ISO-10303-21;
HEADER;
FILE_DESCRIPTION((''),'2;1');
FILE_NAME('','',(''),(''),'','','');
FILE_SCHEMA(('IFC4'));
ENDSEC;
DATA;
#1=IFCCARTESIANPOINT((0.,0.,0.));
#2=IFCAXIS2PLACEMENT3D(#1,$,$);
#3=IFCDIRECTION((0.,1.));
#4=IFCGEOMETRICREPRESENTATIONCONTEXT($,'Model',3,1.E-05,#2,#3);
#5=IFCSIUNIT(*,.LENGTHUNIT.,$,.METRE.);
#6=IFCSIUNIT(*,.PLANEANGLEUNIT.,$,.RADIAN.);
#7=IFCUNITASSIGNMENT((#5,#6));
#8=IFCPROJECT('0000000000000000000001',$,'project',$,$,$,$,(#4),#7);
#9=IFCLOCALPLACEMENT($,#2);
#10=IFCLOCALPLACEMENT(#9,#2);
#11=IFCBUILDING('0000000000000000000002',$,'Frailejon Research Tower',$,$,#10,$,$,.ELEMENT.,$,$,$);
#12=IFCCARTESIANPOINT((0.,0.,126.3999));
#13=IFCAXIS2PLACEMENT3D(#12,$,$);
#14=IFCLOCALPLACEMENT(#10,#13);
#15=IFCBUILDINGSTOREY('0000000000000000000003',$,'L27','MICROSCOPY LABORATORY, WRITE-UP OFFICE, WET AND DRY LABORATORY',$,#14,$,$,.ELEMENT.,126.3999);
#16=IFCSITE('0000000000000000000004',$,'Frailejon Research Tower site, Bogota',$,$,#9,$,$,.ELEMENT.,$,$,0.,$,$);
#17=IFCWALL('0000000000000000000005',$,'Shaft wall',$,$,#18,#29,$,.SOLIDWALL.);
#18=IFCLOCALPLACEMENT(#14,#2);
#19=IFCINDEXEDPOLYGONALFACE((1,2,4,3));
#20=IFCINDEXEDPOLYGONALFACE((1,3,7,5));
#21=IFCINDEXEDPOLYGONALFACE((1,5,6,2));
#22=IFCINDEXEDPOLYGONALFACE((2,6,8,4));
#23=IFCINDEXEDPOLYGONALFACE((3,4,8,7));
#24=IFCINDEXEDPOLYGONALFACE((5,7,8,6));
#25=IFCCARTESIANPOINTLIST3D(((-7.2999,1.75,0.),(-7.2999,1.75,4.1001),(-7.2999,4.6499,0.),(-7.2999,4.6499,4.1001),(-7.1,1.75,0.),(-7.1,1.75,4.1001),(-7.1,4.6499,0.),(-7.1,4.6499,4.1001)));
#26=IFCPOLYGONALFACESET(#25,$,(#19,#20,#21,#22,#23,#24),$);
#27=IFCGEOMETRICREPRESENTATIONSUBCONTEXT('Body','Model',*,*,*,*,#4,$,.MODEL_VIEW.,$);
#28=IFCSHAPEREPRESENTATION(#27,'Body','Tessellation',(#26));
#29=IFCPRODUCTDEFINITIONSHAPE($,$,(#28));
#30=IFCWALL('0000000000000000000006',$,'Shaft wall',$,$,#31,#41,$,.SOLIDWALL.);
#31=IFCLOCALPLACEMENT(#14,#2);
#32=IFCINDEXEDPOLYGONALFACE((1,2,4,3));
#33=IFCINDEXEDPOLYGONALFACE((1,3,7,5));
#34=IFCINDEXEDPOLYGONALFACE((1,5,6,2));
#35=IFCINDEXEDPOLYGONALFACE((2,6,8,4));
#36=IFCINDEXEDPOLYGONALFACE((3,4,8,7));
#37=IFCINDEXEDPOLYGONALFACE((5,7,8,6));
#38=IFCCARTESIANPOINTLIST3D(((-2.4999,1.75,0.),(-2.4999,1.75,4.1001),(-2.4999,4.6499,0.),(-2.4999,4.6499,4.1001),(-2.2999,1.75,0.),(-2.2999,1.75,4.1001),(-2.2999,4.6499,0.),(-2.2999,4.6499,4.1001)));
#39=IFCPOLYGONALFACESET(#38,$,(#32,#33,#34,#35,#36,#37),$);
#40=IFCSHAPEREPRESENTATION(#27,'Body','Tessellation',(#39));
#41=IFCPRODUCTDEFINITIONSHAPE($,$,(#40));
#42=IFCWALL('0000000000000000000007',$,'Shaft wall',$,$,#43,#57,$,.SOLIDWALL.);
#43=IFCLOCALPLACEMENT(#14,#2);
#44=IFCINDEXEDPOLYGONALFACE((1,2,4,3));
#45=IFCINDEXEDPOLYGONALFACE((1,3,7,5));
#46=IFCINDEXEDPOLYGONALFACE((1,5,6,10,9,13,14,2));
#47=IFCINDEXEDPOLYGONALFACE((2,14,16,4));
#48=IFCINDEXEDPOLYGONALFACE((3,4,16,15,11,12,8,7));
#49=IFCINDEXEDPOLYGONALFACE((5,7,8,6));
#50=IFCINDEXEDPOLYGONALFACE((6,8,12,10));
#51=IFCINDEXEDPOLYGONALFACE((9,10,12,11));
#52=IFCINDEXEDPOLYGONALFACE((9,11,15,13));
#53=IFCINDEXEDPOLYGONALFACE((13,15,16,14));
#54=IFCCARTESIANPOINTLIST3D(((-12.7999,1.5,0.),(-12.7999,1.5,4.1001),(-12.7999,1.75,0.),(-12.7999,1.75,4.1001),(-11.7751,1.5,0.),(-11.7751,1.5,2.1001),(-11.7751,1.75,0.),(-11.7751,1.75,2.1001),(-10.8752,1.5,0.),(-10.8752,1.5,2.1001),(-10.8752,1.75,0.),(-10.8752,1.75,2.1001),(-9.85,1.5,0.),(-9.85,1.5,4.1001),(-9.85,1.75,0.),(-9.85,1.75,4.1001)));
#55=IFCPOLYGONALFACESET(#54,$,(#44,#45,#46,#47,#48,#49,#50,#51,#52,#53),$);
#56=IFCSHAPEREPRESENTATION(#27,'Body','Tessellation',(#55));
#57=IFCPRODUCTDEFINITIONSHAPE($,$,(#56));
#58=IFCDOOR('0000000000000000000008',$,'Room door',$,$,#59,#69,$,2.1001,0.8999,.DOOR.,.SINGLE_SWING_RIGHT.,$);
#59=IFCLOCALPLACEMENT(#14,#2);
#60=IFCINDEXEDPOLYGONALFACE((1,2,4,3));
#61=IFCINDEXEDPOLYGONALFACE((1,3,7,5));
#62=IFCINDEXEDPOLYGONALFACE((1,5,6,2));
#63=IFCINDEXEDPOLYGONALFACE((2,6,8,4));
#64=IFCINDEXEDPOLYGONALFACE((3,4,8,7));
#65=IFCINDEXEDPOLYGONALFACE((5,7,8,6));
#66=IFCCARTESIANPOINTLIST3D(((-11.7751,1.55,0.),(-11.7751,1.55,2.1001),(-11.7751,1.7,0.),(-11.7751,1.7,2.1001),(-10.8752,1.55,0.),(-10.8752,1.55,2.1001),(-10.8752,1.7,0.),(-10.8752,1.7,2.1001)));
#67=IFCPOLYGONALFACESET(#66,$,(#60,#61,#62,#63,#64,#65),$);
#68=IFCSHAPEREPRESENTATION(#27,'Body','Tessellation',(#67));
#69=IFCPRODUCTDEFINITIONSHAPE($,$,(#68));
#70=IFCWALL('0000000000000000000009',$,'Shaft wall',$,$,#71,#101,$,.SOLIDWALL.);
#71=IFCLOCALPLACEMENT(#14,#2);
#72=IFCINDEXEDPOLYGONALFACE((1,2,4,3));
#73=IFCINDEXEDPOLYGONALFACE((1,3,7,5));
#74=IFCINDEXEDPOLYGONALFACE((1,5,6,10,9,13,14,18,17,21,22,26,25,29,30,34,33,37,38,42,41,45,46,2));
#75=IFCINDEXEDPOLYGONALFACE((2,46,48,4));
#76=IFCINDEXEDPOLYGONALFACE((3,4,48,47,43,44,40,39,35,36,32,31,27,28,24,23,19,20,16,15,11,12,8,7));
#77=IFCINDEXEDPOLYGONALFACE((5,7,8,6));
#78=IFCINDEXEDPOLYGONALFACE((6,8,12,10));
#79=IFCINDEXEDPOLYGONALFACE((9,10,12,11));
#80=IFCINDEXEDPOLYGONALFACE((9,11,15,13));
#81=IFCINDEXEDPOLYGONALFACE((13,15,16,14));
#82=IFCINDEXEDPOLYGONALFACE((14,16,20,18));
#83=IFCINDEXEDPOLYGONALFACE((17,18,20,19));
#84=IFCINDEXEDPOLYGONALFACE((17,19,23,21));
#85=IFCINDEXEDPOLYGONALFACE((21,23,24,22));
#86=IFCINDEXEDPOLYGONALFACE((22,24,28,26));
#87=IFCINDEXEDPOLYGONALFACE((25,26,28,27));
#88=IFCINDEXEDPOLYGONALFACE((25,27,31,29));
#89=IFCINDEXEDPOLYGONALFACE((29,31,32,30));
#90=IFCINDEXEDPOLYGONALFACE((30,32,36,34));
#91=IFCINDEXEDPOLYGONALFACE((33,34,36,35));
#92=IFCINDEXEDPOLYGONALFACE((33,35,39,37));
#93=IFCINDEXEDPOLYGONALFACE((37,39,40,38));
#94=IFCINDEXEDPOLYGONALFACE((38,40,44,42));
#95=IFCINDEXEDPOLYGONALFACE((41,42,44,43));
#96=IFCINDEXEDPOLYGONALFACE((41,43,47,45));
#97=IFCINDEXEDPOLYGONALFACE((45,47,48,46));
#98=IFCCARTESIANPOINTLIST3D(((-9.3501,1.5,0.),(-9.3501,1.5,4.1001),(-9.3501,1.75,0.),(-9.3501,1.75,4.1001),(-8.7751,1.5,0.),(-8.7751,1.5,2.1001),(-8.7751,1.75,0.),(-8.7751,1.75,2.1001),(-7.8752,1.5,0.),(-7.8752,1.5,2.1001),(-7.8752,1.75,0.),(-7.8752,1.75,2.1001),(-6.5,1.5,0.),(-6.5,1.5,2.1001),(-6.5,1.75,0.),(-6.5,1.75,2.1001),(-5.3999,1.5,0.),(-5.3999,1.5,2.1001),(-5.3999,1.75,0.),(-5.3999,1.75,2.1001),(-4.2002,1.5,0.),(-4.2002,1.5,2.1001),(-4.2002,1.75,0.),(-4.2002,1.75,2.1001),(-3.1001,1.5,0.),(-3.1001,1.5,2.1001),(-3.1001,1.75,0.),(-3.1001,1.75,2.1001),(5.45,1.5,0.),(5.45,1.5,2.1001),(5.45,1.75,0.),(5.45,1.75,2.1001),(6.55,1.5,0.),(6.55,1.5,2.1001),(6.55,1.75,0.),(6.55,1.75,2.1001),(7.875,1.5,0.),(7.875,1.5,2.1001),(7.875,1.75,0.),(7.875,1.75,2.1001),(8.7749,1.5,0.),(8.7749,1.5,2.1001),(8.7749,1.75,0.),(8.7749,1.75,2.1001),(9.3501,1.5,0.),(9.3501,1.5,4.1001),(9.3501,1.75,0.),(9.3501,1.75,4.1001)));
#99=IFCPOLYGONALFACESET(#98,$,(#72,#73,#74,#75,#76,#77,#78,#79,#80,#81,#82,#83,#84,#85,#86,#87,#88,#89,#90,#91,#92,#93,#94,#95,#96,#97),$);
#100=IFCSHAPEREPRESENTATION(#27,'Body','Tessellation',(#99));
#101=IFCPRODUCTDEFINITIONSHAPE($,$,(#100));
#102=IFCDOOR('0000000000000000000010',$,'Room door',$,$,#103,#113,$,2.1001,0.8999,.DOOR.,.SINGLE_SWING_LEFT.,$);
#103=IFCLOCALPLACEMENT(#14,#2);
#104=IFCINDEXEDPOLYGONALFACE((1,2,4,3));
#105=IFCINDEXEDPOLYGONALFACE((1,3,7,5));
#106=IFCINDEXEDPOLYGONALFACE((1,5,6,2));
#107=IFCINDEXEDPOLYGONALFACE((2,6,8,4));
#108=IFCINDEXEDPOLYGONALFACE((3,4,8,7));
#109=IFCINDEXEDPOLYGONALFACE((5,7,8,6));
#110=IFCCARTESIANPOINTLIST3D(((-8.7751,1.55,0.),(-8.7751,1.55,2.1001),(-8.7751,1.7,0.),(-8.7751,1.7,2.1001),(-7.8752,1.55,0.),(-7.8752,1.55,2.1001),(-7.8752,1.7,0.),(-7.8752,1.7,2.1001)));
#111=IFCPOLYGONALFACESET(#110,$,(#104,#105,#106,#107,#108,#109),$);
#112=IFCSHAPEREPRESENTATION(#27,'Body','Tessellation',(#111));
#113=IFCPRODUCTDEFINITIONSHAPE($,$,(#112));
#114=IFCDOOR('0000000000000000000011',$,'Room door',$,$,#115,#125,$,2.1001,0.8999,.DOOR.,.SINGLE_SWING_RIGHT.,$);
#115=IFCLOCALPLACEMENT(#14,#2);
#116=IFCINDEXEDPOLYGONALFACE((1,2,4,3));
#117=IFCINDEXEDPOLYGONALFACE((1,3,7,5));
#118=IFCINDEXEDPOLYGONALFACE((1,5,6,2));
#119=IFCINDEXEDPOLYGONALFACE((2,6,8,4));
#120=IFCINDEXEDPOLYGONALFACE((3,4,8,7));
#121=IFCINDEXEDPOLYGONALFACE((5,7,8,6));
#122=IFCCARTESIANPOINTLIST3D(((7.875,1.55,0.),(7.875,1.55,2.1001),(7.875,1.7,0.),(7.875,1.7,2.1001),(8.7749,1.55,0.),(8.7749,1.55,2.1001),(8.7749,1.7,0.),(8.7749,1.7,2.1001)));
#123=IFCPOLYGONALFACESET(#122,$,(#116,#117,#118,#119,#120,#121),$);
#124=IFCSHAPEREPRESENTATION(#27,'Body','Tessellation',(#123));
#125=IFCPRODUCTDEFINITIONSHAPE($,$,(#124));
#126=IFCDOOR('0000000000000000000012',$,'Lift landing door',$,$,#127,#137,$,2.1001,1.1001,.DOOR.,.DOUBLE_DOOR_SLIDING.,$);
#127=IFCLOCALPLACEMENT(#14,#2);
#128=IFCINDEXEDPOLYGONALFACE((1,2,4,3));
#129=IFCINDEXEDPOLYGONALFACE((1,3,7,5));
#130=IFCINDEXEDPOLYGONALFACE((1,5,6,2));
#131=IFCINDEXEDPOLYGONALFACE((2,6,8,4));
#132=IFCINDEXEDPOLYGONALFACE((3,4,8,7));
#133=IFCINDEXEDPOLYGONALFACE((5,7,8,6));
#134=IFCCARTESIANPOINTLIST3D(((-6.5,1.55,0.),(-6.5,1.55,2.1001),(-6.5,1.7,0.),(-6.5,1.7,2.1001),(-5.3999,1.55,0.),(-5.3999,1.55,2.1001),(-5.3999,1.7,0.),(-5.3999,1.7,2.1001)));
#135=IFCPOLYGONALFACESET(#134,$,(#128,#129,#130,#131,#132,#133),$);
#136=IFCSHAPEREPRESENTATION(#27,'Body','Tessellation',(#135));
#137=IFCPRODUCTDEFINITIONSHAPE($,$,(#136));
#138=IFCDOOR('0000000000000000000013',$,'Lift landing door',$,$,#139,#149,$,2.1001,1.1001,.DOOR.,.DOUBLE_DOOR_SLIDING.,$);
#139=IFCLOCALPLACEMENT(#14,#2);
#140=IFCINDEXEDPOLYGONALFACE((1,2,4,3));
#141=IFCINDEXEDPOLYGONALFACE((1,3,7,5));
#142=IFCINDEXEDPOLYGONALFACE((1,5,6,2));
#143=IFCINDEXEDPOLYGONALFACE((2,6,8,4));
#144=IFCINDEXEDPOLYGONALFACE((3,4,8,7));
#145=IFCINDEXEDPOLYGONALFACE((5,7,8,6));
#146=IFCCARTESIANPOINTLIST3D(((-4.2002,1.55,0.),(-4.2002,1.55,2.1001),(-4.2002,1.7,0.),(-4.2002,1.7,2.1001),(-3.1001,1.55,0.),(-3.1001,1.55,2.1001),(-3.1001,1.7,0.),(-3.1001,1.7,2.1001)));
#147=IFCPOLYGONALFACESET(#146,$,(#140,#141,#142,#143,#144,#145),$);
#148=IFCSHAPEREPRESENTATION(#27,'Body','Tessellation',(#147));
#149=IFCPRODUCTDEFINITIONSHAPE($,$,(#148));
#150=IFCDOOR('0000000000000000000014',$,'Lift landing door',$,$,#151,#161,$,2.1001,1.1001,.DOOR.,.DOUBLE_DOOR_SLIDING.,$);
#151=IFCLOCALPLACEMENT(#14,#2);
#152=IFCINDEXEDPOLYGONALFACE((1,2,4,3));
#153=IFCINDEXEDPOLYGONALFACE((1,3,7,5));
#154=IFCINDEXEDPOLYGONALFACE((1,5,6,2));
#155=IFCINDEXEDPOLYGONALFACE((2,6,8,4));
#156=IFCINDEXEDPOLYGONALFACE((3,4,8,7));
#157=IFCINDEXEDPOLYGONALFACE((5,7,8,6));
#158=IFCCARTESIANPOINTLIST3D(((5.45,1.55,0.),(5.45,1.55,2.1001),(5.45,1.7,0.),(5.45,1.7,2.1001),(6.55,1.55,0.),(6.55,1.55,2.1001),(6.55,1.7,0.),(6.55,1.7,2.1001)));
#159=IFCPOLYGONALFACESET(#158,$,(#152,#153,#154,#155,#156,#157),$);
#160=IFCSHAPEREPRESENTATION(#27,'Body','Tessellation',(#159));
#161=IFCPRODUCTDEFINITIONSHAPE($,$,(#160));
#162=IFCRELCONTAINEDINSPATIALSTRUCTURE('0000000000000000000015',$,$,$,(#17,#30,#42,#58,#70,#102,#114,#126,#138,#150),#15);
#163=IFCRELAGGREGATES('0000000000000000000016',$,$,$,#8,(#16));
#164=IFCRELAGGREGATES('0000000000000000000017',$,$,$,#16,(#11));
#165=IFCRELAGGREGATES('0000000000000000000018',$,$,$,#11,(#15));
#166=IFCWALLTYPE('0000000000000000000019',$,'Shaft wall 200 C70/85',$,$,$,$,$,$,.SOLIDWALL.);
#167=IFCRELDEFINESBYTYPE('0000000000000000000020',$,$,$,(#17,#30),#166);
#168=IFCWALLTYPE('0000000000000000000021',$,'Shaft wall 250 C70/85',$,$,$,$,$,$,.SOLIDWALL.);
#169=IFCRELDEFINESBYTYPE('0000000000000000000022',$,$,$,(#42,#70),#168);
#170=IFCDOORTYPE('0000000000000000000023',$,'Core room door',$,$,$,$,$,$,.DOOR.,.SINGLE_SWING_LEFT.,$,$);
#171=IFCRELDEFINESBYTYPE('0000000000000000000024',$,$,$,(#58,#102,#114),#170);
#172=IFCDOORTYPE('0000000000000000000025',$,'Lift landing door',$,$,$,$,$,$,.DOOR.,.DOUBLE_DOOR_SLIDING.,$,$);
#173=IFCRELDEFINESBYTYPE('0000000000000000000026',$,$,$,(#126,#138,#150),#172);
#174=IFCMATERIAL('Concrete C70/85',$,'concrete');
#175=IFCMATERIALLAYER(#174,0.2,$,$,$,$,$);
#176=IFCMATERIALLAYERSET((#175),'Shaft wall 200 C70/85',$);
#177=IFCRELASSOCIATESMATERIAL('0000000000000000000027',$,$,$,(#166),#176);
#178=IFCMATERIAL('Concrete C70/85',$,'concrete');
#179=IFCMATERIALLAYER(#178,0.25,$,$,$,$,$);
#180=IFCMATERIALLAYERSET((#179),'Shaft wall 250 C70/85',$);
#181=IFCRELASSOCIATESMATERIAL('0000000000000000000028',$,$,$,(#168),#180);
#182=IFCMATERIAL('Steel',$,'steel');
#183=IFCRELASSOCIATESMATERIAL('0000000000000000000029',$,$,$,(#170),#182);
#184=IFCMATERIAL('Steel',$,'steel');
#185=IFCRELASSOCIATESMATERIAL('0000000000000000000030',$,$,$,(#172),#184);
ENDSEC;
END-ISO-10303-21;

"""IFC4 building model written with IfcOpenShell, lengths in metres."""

from ifc_helpers import new_model, si_unit, direction, frame, frame_2d, origin, place, context, subcontext, project, spatial, rectangle, extrude, material, layer, layer_set, type_object, element, fill, save


model = new_model("IFC4")

# Units and contexts
model_context = context("Model", 3, precision=1e-05, world=origin(), true_north=direction((0.0, 1.0)))
body_context = subcontext(model_context, "Body", "Model", "MODEL_VIEW")
ifc_project = project(units=[si_unit("LENGTHUNIT", "METRE"), si_unit("PLANEANGLEUNIT", "RADIAN")], contexts=[model_context])

# Site, building, storey
site_placement = place(None, origin())
site = spatial("IfcSite", under=ifc_project, at=site_placement, Name="Frailejon Research Tower site, Bogota", CompositionType="ELEMENT", RefElevation=0.0)
building_placement = place(site_placement, origin())
building = spatial("IfcBuilding", under=site, at=building_placement, Name="Frailejon Research Tower", CompositionType="ELEMENT")
storey_placement = place(building_placement, frame((0.0, 0.0, 126.3999)))
storey = spatial("IfcBuildingStorey", under=building, at=storey_placement, Name="L27", Description="MICROSCOPY LABORATORY, WRITE-UP OFFICE, WET AND DRY LABORATORY", CompositionType="ELEMENT", Elevation=126.3999)

# Walls
ifc_material_1 = material(Name="Concrete C70/85", Category="concrete")
ifc_layer_1 = layer(ifc_material_1, 0.2)
ifc_layer_set_1 = layer_set([ifc_layer_1], Name="Shaft wall 200 C70/85")
wall_type_1 = type_object("IfcWallType", Name="Shaft wall 200 C70/85", PredefinedType="SOLIDWALL", material=ifc_layer_set_1)
for number, where, z_axis, x_axis, name in (
    (1, (-7.2, 1.75, 0.0), (0.0, 0.0, 1.0), (0.0, 1.0, 0.0), "Shaft wall"),
    (2, (-2.3999, 1.75, 0.0), (0.0, 0.0, 1.0), (0.0, 1.0, 0.0), "Shaft wall"),
):
    element("IfcWall", number, at=place(storey_placement, frame(where, z_axis=z_axis, x_axis=x_axis)), inside=storey, type_object=wall_type_1, Name=name, PredefinedType="SOLIDWALL", context=body_context, shape_type="SweptSolid", body=[
        extrude(rectangle(XDim=2.8999, YDim=0.2, at=frame_2d((1.45, 0.0))), origin(), (0.0, 0.0, 1.0), 4.1001),
    ])

# Wall, opening, door
ifc_material_2 = material(Name="Concrete C70/85", Category="concrete")
ifc_layer_2 = layer(ifc_material_2, 0.25)
ifc_layer_set_2 = layer_set([ifc_layer_2], Name="Shaft wall 250 C70/85")
wall_type_2 = type_object("IfcWallType", Name="Shaft wall 250 C70/85", PredefinedType="SOLIDWALL", material=ifc_layer_set_2)
wall_1_placement = place(storey_placement, frame((-12.8, 1.625, 0.0), z_axis=(0.0, 0.0, 1.0), x_axis=(1.0, 0.0, 0.0)))
wall_1 = element("IfcWall", 3, at=wall_1_placement, inside=storey, type_object=wall_type_2, Name="Shaft wall", PredefinedType="SOLIDWALL", context=body_context, shape_type="SweptSolid", body=[
    extrude(rectangle(XDim=2.95, YDim=0.25, at=frame_2d((1.4751, 0.0))), origin(), (0.0, 0.0, 1.0), 4.1001),
])
opening_1_placement = place(wall_1_placement, frame((1.0249, 0.0, 0.0)))
opening_1 = element("IfcOpeningElement", 4, at=opening_1_placement, cuts=wall_1, PredefinedType="OPENING", context=body_context, shape_type="SweptSolid", body=[
    extrude(rectangle(XDim=0.8999, YDim=2.1001, at=frame_2d((0.45, 1.05))), frame((0.0, 0.135, 0.0), z_axis=(0.0, -1.0, 0.0), x_axis=(1.0, 0.0, 0.0)), (0.0, 0.0, 1.0), 0.27),
])
ifc_material_3 = material(Name="Steel", Category="steel")
door_type_1 = type_object("IfcDoorType", Name="Core room door", OperationType="SINGLE_SWING_LEFT", PredefinedType="DOOR", material=ifc_material_3)
door_1_placement = place(opening_1_placement, origin())
door_1 = element("IfcDoor", 5, at=door_1_placement, inside=storey, type_object=door_type_1, Name="Room door", OperationType="SINGLE_SWING_RIGHT", OverallHeight=2.1001, OverallWidth=0.8999, PredefinedType="DOOR", context=body_context, shape_type="SweptSolid", body=[
    extrude(rectangle(XDim=0.8999, YDim=2.1001, at=frame_2d((0.45, 1.05))), frame((0.0, 0.075, 0.0), z_axis=(0.0, -1.0, 0.0), x_axis=(1.0, 0.0, 0.0)), (0.0, 0.0, 1.0), 0.1499),
])
fill(opening_1, door_1)

# Wall, openings, doors
wall_2_placement = place(storey_placement, frame((-9.3501, 1.625, 0.0), z_axis=(0.0, 0.0, 1.0), x_axis=(1.0, 0.0, 0.0)))
wall_2 = element("IfcWall", 6, at=wall_2_placement, inside=storey, type_object=wall_type_2, Name="Shaft wall", PredefinedType="SOLIDWALL", context=body_context, shape_type="SweptSolid", body=[
    extrude(rectangle(XDim=18.7002, YDim=0.25, at=frame_2d((9.3501, 0.0))), origin(), (0.0, 0.0, 1.0), 4.1001),
])
opening_2_placement = place(wall_2_placement, frame((2.8501, 0.0, 0.0)))
opening_2 = element("IfcOpeningElement", 7, at=opening_2_placement, cuts=wall_2, PredefinedType="OPENING", context=body_context, shape_type="SweptSolid", body=[
    extrude(rectangle(XDim=1.1001, YDim=2.1001, at=frame_2d((0.55, 1.05))), frame((0.0, 0.135, 0.0), z_axis=(0.0, -1.0, 0.0), x_axis=(1.0, 0.0, 0.0)), (0.0, 0.0, 1.0), 0.27),
])
opening_3_placement = place(wall_2_placement, frame((5.1499, 0.0, 0.0)))
opening_3 = element("IfcOpeningElement", 8, at=opening_3_placement, cuts=wall_2, PredefinedType="OPENING", context=body_context, shape_type="SweptSolid", body=[
    extrude(rectangle(XDim=1.1001, YDim=2.1001, at=frame_2d((0.55, 1.05))), frame((0.0, 0.135, 0.0), z_axis=(0.0, -1.0, 0.0), x_axis=(1.0, 0.0, 0.0)), (0.0, 0.0, 1.0), 0.27),
])
opening_4_placement = place(wall_2_placement, frame((14.8, 0.0, 0.0)))
opening_4 = element("IfcOpeningElement", 9, at=opening_4_placement, cuts=wall_2, PredefinedType="OPENING", context=body_context, shape_type="SweptSolid", body=[
    extrude(rectangle(XDim=1.1001, YDim=2.1001, at=frame_2d((0.55, 1.05))), frame((0.0, 0.135, 0.0), z_axis=(0.0, -1.0, 0.0), x_axis=(1.0, 0.0, 0.0)), (0.0, 0.0, 1.0), 0.27),
])
opening_5_placement = place(wall_2_placement, frame((0.575, 0.0, 0.0)))
opening_5 = element("IfcOpeningElement", 10, at=opening_5_placement, cuts=wall_2, PredefinedType="OPENING", context=body_context, shape_type="SweptSolid", body=[
    extrude(rectangle(XDim=0.8999, YDim=2.1001, at=frame_2d((0.45, 1.05))), frame((0.0, 0.135, 0.0), z_axis=(0.0, -1.0, 0.0), x_axis=(1.0, 0.0, 0.0)), (0.0, 0.0, 1.0), 0.27),
])
opening_6_placement = place(wall_2_placement, frame((17.2251, 0.0, 0.0)))
opening_6 = element("IfcOpeningElement", 11, at=opening_6_placement, cuts=wall_2, PredefinedType="OPENING", context=body_context, shape_type="SweptSolid", body=[
    extrude(rectangle(XDim=0.8999, YDim=2.1001, at=frame_2d((0.45, 1.05))), frame((0.0, 0.135, 0.0), z_axis=(0.0, -1.0, 0.0), x_axis=(1.0, 0.0, 0.0)), (0.0, 0.0, 1.0), 0.27),
])
door_2_placement = place(opening_5_placement, origin())
door_2 = element("IfcDoor", 12, at=door_2_placement, inside=storey, type_object=door_type_1, Name="Room door", OperationType="SINGLE_SWING_LEFT", OverallHeight=2.1001, OverallWidth=0.8999, PredefinedType="DOOR", context=body_context, shape_type="SweptSolid", body=[
    extrude(rectangle(XDim=0.8999, YDim=2.1001, at=frame_2d((0.45, 1.05))), frame((0.0, 0.075, 0.0), z_axis=(0.0, -1.0, 0.0), x_axis=(1.0, 0.0, 0.0)), (0.0, 0.0, 1.0), 0.1499),
])
fill(opening_5, door_2)
door_3_placement = place(opening_6_placement, origin())
door_3 = element("IfcDoor", 13, at=door_3_placement, inside=storey, type_object=door_type_1, Name="Room door", OperationType="SINGLE_SWING_RIGHT", OverallHeight=2.1001, OverallWidth=0.8999, PredefinedType="DOOR", context=body_context, shape_type="SweptSolid", body=[
    extrude(rectangle(XDim=0.8999, YDim=2.1001, at=frame_2d((0.45, 1.05))), frame((0.0, 0.075, 0.0), z_axis=(0.0, -1.0, 0.0), x_axis=(1.0, 0.0, 0.0)), (0.0, 0.0, 1.0), 0.1499),
])
fill(opening_6, door_3)
ifc_material_4 = material(Name="Steel", Category="steel")
door_type_2 = type_object("IfcDoorType", Name="Lift landing door", OperationType="DOUBLE_DOOR_SLIDING", PredefinedType="DOOR", material=ifc_material_4)
door_4_placement = place(opening_2_placement, origin())
door_4 = element("IfcDoor", 14, at=door_4_placement, inside=storey, type_object=door_type_2, Name="Lift landing door", OperationType="DOUBLE_DOOR_SLIDING", OverallHeight=2.1001, OverallWidth=1.1001, PredefinedType="DOOR", context=body_context, shape_type="SweptSolid", body=[
    extrude(rectangle(XDim=1.1001, YDim=2.1001, at=frame_2d((0.55, 1.05))), frame((0.0, 0.075, 0.0), z_axis=(0.0, -1.0, 0.0), x_axis=(1.0, 0.0, 0.0)), (0.0, 0.0, 1.0), 0.1499),
])
fill(opening_2, door_4)
door_5_placement = place(opening_3_placement, origin())
door_5 = element("IfcDoor", 15, at=door_5_placement, inside=storey, type_object=door_type_2, Name="Lift landing door", OperationType="DOUBLE_DOOR_SLIDING", OverallHeight=2.1001, OverallWidth=1.1001, PredefinedType="DOOR", context=body_context, shape_type="SweptSolid", body=[
    extrude(rectangle(XDim=1.1001, YDim=2.1001, at=frame_2d((0.55, 1.05))), frame((0.0, 0.075, 0.0), z_axis=(0.0, -1.0, 0.0), x_axis=(1.0, 0.0, 0.0)), (0.0, 0.0, 1.0), 0.1499),
])
fill(opening_3, door_5)
door_6_placement = place(opening_4_placement, origin())
door_6 = element("IfcDoor", 16, at=door_6_placement, inside=storey, type_object=door_type_2, Name="Lift landing door", OperationType="DOUBLE_DOOR_SLIDING", OverallHeight=2.1001, OverallWidth=1.1001, PredefinedType="DOOR", context=body_context, shape_type="SweptSolid", body=[
    extrude(rectangle(XDim=1.1001, YDim=2.1001, at=frame_2d((0.55, 1.05))), frame((0.0, 0.075, 0.0), z_axis=(0.0, -1.0, 0.0), x_axis=(1.0, 0.0, 0.0)), (0.0, 0.0, 1.0), 0.1499),
])
fill(opening_4, door_6)

save(model, "model.ifc")
